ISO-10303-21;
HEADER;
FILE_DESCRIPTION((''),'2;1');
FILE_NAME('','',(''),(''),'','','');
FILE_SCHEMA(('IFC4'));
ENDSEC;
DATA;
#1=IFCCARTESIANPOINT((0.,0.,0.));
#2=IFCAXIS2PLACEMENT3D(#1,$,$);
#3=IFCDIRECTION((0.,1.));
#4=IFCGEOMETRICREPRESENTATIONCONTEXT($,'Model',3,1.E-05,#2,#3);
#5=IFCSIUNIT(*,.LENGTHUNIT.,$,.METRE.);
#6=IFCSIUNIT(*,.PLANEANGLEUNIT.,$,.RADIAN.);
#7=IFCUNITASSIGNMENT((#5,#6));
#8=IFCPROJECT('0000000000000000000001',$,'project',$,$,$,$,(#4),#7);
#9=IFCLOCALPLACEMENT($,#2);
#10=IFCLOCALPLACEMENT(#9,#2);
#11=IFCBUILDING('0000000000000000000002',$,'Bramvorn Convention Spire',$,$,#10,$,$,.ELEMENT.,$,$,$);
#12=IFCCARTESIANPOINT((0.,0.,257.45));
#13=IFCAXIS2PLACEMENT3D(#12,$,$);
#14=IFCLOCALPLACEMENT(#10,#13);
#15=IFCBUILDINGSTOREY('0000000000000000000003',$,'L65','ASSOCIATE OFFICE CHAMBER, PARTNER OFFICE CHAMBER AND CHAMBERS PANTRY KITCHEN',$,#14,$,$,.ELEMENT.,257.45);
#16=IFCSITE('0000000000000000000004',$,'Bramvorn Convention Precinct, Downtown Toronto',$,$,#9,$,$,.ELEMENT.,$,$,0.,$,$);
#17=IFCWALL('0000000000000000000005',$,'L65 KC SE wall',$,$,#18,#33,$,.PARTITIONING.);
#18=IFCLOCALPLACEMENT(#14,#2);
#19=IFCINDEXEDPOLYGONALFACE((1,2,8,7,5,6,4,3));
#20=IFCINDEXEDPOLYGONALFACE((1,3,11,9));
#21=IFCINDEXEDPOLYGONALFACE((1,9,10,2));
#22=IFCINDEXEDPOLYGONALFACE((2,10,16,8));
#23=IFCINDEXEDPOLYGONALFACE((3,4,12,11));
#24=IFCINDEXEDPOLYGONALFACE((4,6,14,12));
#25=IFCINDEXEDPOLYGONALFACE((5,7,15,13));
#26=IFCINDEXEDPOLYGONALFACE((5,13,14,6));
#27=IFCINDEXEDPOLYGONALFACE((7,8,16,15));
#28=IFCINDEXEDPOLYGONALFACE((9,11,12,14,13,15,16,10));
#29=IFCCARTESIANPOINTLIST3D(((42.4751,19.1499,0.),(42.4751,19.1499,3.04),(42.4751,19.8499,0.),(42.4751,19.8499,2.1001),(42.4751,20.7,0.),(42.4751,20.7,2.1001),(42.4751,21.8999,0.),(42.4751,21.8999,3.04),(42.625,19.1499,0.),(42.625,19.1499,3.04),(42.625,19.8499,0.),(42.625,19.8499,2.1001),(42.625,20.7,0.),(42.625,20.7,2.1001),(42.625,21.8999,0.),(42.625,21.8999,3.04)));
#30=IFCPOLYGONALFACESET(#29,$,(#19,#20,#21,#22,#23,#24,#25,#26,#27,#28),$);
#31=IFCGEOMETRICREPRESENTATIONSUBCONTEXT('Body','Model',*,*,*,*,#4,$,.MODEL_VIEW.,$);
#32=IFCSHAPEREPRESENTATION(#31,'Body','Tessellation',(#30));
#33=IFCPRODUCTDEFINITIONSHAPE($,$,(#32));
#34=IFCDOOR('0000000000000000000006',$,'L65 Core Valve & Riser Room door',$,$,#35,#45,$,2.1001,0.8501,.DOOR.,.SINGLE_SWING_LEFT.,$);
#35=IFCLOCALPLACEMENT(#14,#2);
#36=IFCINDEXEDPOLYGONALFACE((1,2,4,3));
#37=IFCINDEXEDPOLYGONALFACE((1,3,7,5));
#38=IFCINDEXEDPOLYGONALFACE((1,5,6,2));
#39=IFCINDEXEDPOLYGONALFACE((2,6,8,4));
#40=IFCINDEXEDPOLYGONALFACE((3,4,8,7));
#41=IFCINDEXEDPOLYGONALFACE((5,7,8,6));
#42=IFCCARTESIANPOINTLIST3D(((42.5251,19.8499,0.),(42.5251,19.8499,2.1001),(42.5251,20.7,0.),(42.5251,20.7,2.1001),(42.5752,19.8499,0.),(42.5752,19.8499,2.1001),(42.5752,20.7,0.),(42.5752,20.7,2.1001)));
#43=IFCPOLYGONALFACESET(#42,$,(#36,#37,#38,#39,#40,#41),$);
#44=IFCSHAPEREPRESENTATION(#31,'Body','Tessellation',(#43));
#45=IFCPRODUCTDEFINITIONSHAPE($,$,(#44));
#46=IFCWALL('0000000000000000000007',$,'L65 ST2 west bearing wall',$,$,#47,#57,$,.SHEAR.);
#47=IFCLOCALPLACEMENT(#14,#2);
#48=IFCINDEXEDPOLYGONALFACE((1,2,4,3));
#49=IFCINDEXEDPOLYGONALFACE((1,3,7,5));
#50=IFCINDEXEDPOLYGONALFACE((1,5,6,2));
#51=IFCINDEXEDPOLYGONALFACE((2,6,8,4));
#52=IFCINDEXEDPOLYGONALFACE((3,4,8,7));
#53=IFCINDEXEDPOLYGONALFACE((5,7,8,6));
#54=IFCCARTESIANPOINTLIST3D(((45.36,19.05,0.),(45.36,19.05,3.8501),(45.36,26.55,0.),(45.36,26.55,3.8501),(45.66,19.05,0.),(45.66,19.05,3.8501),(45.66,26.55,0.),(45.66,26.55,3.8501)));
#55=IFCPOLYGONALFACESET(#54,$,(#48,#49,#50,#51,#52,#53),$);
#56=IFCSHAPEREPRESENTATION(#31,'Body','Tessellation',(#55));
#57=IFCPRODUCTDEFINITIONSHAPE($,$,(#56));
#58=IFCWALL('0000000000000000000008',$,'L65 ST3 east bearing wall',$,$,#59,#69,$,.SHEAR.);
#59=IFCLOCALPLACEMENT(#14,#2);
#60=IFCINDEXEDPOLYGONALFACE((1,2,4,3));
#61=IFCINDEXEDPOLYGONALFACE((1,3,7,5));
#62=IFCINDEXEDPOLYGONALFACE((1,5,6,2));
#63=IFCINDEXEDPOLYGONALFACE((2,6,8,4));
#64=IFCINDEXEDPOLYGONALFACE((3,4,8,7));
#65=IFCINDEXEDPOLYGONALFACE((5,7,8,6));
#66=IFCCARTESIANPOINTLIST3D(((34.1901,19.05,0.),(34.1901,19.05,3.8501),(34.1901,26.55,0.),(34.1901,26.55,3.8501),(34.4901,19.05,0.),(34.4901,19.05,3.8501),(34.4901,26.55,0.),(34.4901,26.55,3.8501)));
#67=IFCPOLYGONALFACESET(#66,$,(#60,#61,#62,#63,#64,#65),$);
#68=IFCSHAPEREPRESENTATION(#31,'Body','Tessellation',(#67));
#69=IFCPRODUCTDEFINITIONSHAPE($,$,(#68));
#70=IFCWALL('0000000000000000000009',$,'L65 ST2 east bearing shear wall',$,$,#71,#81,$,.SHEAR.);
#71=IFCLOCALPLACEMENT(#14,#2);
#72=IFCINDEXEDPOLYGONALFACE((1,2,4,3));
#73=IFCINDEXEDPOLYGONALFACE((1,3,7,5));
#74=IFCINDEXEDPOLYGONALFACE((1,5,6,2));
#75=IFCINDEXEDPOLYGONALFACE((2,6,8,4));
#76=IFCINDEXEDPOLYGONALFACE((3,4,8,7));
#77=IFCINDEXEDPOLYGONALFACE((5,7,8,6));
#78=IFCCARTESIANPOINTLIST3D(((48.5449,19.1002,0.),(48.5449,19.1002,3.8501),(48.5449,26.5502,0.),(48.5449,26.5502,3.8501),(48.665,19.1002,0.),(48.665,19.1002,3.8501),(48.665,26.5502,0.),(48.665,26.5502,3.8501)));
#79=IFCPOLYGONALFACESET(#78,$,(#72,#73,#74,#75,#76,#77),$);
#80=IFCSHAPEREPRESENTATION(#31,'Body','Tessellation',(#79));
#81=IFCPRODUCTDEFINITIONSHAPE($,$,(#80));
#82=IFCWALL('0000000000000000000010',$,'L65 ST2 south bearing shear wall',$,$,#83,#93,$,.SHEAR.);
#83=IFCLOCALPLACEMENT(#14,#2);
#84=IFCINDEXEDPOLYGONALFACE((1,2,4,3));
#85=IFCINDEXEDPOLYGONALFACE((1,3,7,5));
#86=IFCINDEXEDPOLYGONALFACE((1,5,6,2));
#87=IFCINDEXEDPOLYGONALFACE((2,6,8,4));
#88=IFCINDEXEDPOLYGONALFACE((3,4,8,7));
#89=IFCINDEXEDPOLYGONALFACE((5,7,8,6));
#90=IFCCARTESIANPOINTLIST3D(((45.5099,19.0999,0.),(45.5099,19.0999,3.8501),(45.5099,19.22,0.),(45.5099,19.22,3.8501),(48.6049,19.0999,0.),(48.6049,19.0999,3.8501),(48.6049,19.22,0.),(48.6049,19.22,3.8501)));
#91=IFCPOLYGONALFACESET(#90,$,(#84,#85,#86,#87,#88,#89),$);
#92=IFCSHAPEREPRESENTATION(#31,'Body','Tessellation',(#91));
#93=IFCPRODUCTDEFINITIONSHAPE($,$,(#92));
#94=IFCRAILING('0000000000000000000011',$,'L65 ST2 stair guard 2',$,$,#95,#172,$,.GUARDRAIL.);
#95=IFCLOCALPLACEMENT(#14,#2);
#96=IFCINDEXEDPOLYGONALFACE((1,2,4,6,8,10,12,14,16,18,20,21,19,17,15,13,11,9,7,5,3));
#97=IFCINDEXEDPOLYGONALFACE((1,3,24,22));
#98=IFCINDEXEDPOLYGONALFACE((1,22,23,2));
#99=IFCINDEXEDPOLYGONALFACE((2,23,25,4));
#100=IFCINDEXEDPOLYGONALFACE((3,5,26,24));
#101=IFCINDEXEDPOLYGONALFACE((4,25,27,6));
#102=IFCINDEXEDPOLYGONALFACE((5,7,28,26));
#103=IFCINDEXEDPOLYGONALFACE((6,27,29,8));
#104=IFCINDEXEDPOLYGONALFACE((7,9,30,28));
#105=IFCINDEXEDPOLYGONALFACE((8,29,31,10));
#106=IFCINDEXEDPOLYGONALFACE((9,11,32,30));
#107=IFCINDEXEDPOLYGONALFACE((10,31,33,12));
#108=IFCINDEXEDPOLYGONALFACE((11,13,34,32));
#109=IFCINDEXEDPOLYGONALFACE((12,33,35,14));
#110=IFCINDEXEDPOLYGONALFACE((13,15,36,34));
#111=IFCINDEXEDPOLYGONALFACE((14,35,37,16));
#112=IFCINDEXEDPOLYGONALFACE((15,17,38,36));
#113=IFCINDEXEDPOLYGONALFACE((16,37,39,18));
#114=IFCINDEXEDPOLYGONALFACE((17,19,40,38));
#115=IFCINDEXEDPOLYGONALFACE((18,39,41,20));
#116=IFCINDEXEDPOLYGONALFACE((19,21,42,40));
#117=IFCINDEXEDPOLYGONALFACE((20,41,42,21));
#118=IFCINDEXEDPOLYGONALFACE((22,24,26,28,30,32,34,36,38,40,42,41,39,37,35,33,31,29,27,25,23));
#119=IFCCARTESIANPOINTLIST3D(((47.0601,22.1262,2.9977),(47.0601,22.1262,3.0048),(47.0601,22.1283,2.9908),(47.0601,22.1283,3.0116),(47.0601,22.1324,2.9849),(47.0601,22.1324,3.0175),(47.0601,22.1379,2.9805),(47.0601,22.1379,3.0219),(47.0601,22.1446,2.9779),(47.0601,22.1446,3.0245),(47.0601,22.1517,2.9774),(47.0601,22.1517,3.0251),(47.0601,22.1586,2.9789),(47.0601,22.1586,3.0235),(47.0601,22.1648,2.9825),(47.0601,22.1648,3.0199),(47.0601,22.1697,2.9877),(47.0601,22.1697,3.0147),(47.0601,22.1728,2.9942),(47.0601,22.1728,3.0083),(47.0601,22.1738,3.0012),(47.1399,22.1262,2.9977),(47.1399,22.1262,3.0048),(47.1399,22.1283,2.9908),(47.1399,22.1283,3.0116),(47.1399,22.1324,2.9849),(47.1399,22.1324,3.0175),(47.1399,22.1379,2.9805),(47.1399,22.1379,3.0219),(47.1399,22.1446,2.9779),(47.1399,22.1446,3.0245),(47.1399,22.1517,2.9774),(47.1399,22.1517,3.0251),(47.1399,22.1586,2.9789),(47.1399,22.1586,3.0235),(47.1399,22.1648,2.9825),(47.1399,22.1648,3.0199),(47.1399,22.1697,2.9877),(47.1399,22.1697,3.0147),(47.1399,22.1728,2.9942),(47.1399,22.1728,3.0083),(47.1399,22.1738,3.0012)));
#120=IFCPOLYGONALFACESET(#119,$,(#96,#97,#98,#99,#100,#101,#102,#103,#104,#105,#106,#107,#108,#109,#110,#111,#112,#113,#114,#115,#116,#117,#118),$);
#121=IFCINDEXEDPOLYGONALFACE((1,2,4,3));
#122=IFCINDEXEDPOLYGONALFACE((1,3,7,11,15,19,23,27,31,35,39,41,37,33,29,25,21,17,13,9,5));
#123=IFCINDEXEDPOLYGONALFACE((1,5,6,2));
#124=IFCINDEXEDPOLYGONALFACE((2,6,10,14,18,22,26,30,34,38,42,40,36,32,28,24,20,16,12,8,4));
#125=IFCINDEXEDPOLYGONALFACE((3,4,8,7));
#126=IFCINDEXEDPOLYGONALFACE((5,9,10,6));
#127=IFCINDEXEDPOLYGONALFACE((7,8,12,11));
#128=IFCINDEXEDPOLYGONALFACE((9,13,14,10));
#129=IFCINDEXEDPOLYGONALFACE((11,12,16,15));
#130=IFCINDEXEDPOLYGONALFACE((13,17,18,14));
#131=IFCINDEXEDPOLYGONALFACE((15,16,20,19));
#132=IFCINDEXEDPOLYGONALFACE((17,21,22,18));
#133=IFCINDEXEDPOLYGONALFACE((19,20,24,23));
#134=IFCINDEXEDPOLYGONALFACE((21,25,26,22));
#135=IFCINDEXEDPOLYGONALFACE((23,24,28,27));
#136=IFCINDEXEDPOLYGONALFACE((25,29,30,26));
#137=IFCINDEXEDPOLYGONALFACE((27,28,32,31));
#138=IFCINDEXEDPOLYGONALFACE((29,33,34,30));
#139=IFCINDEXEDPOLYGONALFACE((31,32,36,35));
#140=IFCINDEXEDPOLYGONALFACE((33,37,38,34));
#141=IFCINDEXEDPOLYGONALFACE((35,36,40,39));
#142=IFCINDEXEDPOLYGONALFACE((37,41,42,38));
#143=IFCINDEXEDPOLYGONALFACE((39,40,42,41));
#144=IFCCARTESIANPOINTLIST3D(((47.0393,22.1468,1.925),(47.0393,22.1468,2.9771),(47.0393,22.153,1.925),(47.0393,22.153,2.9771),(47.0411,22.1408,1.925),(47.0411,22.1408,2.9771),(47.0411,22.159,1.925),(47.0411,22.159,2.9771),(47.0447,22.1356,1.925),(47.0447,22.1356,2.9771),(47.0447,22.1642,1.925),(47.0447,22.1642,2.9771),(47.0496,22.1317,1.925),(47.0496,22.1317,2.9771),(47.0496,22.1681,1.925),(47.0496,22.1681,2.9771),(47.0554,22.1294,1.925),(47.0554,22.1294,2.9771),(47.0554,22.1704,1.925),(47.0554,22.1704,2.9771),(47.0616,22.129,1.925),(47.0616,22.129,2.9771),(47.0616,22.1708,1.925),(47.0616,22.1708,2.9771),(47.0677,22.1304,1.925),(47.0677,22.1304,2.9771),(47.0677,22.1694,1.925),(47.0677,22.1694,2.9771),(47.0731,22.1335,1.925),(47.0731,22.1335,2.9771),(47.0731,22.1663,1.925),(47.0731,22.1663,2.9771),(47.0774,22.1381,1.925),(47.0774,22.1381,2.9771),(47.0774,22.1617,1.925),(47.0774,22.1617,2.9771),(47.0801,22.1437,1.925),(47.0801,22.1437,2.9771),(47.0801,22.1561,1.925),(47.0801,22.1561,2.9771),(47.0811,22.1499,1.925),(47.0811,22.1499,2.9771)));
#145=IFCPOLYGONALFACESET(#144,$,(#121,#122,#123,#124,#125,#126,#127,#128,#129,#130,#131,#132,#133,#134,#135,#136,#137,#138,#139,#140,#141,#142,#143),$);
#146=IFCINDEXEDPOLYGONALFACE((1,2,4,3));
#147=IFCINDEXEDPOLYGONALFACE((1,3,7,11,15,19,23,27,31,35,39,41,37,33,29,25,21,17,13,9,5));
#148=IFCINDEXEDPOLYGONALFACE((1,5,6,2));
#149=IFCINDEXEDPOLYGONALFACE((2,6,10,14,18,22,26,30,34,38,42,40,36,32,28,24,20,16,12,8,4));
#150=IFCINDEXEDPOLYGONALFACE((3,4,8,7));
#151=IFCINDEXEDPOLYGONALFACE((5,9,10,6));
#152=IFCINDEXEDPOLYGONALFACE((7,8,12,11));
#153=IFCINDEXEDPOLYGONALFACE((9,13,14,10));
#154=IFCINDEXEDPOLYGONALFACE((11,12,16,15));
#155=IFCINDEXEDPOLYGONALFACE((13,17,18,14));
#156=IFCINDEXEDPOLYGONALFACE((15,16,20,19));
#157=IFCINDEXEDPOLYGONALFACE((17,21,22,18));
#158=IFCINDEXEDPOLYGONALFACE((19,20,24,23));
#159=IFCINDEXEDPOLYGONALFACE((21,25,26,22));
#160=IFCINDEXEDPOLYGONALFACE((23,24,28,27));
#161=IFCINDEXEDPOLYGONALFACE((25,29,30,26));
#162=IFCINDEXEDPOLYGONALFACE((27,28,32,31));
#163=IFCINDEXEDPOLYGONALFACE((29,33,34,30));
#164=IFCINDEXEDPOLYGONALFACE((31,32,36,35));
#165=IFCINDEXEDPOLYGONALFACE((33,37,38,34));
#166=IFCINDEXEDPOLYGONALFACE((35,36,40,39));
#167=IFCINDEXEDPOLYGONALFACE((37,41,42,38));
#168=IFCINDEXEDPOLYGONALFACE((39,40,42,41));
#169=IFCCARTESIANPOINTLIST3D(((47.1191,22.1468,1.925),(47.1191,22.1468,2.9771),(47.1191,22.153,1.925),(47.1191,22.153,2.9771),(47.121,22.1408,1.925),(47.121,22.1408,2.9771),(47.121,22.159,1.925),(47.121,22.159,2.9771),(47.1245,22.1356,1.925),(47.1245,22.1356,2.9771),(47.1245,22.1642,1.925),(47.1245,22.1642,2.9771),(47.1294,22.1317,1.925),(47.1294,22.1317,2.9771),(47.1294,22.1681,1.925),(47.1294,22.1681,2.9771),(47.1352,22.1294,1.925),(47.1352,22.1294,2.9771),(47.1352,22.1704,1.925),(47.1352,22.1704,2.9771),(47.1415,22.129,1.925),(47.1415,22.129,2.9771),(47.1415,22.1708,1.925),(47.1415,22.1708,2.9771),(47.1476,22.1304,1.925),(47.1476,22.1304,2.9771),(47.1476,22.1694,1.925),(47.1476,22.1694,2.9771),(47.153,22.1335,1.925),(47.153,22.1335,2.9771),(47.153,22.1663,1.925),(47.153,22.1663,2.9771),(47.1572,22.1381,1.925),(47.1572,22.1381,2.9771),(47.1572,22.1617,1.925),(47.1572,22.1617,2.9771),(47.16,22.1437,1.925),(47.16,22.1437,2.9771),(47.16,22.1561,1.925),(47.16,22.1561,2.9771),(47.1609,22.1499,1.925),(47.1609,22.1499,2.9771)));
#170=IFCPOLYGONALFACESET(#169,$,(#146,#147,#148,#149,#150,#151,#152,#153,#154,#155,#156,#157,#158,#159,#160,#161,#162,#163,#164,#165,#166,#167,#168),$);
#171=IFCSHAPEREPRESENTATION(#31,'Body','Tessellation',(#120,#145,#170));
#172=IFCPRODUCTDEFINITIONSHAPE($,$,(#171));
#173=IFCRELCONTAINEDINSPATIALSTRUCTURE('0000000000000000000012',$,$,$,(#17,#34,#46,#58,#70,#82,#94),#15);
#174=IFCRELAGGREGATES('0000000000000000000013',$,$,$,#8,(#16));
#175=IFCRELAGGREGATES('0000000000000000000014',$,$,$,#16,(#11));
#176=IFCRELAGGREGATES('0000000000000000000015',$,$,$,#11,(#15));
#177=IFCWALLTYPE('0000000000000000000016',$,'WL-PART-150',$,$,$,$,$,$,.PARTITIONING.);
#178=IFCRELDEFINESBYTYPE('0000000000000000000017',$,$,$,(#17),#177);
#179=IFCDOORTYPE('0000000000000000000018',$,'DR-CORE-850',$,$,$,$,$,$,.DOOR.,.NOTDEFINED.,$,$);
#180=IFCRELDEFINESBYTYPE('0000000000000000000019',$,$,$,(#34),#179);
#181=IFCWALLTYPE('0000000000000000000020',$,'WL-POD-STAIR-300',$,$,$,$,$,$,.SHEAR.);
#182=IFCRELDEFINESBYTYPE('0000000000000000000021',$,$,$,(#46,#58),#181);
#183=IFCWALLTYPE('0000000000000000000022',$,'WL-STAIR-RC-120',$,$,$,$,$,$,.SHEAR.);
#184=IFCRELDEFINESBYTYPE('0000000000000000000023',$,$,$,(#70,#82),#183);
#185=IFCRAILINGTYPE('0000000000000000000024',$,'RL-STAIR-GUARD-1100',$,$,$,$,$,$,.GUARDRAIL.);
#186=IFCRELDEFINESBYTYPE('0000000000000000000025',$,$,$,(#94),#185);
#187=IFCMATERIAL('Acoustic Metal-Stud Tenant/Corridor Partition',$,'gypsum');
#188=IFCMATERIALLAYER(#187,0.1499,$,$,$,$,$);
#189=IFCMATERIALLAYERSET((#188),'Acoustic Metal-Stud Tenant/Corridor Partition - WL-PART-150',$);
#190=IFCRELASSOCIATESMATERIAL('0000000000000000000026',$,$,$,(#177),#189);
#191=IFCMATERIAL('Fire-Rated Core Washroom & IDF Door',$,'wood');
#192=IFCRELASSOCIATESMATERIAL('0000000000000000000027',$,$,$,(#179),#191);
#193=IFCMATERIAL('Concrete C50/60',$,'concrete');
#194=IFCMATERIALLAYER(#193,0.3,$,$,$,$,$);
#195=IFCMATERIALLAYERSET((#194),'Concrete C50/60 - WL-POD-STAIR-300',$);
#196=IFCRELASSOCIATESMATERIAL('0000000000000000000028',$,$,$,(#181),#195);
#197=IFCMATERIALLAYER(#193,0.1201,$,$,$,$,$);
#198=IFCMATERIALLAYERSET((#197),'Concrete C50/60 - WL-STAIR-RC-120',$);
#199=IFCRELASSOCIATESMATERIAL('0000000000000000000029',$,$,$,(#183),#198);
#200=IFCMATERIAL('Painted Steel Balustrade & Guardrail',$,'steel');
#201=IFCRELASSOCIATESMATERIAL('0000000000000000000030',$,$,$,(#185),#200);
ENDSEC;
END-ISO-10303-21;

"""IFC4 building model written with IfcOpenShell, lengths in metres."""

from ifc_helpers import new_model, si_unit, direction, frame, frame_2d, origin, origin_2d, place, context, subcontext, project, spatial, rectangle, circle, extrude, material, layer, layer_set, type_object, element, fill, save


model = new_model("IFC4")

# Units and contexts
model_context = context("Model", 3, precision=1e-05, world=origin(), true_north=direction((0.0, 1.0)))
body_context = subcontext(model_context, "Body", "Model", "MODEL_VIEW")
ifc_project = project(units=[si_unit("LENGTHUNIT", "METRE"), si_unit("PLANEANGLEUNIT", "RADIAN")], contexts=[model_context])

# Site, building, storey
site_placement = place(None, origin())
site = spatial("IfcSite", under=ifc_project, at=site_placement, Name="Bramvorn Convention Precinct, Downtown Toronto", CompositionType="ELEMENT", RefElevation=0.0)
building_placement = place(site_placement, origin())
building = spatial("IfcBuilding", under=site, at=building_placement, Name="Bramvorn Convention Spire", CompositionType="ELEMENT")
storey_placement = place(building_placement, frame((0.0, 0.0, 257.45)))
storey = spatial("IfcBuildingStorey", under=building, at=storey_placement, Name="L65", Description="ASSOCIATE OFFICE CHAMBER, PARTNER OFFICE CHAMBER AND CHAMBERS PANTRY KITCHEN", CompositionType="ELEMENT", Elevation=257.45)

# Shared definitions
ifc_material_1 = material(Name="Concrete C50/60", Category="concrete")

# Wall, opening, door
ifc_material_2 = material(Name="Acoustic Metal-Stud Tenant/Corridor Partition", Category="gypsum")
ifc_layer_1 = layer(ifc_material_2, 0.1499)
ifc_layer_set_1 = layer_set([ifc_layer_1], Name="Acoustic Metal-Stud Tenant/Corridor Partition - WL-PART-150")
wall_type_1 = type_object("IfcWallType", Name="WL-PART-150", PredefinedType="PARTITIONING", material=ifc_layer_set_1)
wall_1_placement = place(storey_placement, frame((42.55, 19.1499, 0.0), z_axis=(0.0, 0.0, 1.0), x_axis=(0.0, 1.0, 0.0)))
wall_1 = element("IfcWall", 1, at=wall_1_placement, inside=storey, type_object=wall_type_1, Name="L65 KC SE wall", PredefinedType="PARTITIONING", context=body_context, shape_type="SweptSolid", body=[
    extrude(rectangle(XDim=2.75, YDim=0.1499, at=frame_2d((1.375, 0.0))), origin(), (0.0, 0.0, 1.0), 3.04),
])
opening_1_placement = place(wall_1_placement, frame((0.7, 0.0, 0.0)))
opening_1 = element("IfcOpeningElement", 2, at=opening_1_placement, cuts=wall_1, PredefinedType="OPENING", context=body_context, shape_type="SweptSolid", body=[
    extrude(rectangle(XDim=0.8501, YDim=2.1001, at=frame_2d((0.425, 1.05))), frame((0.0, 0.085, 0.0), z_axis=(0.0, -1.0, 0.0), x_axis=(1.0, 0.0, 0.0)), (0.0, 0.0, 1.0), 0.1699),
])
ifc_material_3 = material(Name="Fire-Rated Core Washroom & IDF Door", Category="wood")
door_type_1 = type_object("IfcDoorType", Name="DR-CORE-850", OperationType="NOTDEFINED", PredefinedType="DOOR", material=ifc_material_3)
door_1_placement = place(opening_1_placement, origin())
door_1 = element("IfcDoor", 3, at=door_1_placement, inside=storey, type_object=door_type_1, Name="L65 Core Valve & Riser Room door", OperationType="SINGLE_SWING_LEFT", OverallHeight=2.1001, OverallWidth=0.8501, PredefinedType="DOOR", context=body_context, shape_type="SweptSolid", body=[
    extrude(rectangle(XDim=0.8501, YDim=2.1001, at=frame_2d((0.425, 1.05))), frame((0.0, 0.0249, 0.0), z_axis=(0.0, -1.0, 0.0), x_axis=(1.0, 0.0, 0.0)), (0.0, 0.0, 1.0), 0.05),
])
fill(opening_1, door_1)

# Walls
ifc_layer_2 = layer(ifc_material_1, 0.3)
ifc_layer_set_2 = layer_set([ifc_layer_2], Name="Concrete C50/60 - WL-POD-STAIR-300")
wall_type_2 = type_object("IfcWallType", Name="WL-POD-STAIR-300", PredefinedType="SHEAR", material=ifc_layer_set_2)
for number, where, z_axis, x_axis, name in (
    (4, (45.51, 19.05, 0.0), (0.0, 0.0, 1.0), (0.0, 1.0, 0.0), "L65 ST2 west bearing wall"),
    (5, (34.3401, 19.05, 0.0), (0.0, 0.0, 1.0), (0.0, 1.0, 0.0), "L65 ST3 east bearing wall"),
):
    element("IfcWall", number, at=place(storey_placement, frame(where, z_axis=z_axis, x_axis=x_axis)), inside=storey, type_object=wall_type_2, Name=name, PredefinedType="SHEAR", context=body_context, shape_type="SweptSolid", body=[
        extrude(rectangle(XDim=7.5, YDim=0.3, at=frame_2d((3.75, 0.0))), origin(), (0.0, 0.0, 1.0), 3.8501),
    ])
ifc_layer_3 = layer(ifc_material_1, 0.1201)
ifc_layer_set_3 = layer_set([ifc_layer_3], Name="Concrete C50/60 - WL-STAIR-RC-120")
wall_type_3 = type_object("IfcWallType", Name="WL-STAIR-RC-120", PredefinedType="SHEAR", material=ifc_layer_set_3)
wall_2_placement = place(storey_placement, frame((48.605, 19.1001, 0.0), z_axis=(0.0, 0.0, 1.0), x_axis=(0.0, 1.0, 0.0)))
element("IfcWall", 6, at=wall_2_placement, inside=storey, type_object=wall_type_3, Name="L65 ST2 east bearing shear wall", PredefinedType="SHEAR", context=body_context, shape_type="SweptSolid", body=[
    extrude(rectangle(XDim=7.45, YDim=0.1201, at=frame_2d((3.7251, 0.0))), origin(), (0.0, 0.0, 1.0), 3.8501),
])
wall_3_placement = place(storey_placement, frame((45.51, 19.1599, 0.0), z_axis=(0.0, 0.0, 1.0), x_axis=(1.0, 0.0, 0.0)))
element("IfcWall", 7, at=wall_3_placement, inside=storey, type_object=wall_type_3, Name="L65 ST2 south bearing shear wall", PredefinedType="SHEAR", context=body_context, shape_type="SweptSolid", body=[
    extrude(rectangle(XDim=3.095, YDim=0.1201, at=frame_2d((1.5474, 0.0))), origin(), (0.0, 0.0, 1.0), 3.8501),
])

# Railing
ifc_material_4 = material(Name="Painted Steel Balustrade & Guardrail", Category="steel")
railing_type_1 = type_object("IfcRailingType", Name="RL-STAIR-GUARD-1100", PredefinedType="GUARDRAIL", material=ifc_material_4)
railing_1_placement = place(storey_placement, frame((47.0601, 22.1499, 1.925)))
element("IfcRailing", 8, at=railing_1_placement, inside=storey, type_object=railing_type_1, Name="L65 ST2 stair guard 2", PredefinedType="GUARDRAIL", context=body_context, shape_type="SweptSolid", body=[
    extrude(circle(Radius=0.0239, at=origin_2d()), frame((0.0, 0.0, 1.0762), z_axis=(1.0, 0.0, 0.0), x_axis=(0.0, 1.0, 0.0)), (0.0, 0.0, 1.0), 0.0798),
    extrude(circle(Radius=0.021, at=origin_2d()), origin(), (0.0, 0.0, 1.0), 1.052),
    extrude(circle(Radius=0.021, at=origin_2d()), frame((0.0798, 0.0, 0.0)), (0.0, 0.0, 1.0), 1.052),
])

save(model, "model.ifc")
